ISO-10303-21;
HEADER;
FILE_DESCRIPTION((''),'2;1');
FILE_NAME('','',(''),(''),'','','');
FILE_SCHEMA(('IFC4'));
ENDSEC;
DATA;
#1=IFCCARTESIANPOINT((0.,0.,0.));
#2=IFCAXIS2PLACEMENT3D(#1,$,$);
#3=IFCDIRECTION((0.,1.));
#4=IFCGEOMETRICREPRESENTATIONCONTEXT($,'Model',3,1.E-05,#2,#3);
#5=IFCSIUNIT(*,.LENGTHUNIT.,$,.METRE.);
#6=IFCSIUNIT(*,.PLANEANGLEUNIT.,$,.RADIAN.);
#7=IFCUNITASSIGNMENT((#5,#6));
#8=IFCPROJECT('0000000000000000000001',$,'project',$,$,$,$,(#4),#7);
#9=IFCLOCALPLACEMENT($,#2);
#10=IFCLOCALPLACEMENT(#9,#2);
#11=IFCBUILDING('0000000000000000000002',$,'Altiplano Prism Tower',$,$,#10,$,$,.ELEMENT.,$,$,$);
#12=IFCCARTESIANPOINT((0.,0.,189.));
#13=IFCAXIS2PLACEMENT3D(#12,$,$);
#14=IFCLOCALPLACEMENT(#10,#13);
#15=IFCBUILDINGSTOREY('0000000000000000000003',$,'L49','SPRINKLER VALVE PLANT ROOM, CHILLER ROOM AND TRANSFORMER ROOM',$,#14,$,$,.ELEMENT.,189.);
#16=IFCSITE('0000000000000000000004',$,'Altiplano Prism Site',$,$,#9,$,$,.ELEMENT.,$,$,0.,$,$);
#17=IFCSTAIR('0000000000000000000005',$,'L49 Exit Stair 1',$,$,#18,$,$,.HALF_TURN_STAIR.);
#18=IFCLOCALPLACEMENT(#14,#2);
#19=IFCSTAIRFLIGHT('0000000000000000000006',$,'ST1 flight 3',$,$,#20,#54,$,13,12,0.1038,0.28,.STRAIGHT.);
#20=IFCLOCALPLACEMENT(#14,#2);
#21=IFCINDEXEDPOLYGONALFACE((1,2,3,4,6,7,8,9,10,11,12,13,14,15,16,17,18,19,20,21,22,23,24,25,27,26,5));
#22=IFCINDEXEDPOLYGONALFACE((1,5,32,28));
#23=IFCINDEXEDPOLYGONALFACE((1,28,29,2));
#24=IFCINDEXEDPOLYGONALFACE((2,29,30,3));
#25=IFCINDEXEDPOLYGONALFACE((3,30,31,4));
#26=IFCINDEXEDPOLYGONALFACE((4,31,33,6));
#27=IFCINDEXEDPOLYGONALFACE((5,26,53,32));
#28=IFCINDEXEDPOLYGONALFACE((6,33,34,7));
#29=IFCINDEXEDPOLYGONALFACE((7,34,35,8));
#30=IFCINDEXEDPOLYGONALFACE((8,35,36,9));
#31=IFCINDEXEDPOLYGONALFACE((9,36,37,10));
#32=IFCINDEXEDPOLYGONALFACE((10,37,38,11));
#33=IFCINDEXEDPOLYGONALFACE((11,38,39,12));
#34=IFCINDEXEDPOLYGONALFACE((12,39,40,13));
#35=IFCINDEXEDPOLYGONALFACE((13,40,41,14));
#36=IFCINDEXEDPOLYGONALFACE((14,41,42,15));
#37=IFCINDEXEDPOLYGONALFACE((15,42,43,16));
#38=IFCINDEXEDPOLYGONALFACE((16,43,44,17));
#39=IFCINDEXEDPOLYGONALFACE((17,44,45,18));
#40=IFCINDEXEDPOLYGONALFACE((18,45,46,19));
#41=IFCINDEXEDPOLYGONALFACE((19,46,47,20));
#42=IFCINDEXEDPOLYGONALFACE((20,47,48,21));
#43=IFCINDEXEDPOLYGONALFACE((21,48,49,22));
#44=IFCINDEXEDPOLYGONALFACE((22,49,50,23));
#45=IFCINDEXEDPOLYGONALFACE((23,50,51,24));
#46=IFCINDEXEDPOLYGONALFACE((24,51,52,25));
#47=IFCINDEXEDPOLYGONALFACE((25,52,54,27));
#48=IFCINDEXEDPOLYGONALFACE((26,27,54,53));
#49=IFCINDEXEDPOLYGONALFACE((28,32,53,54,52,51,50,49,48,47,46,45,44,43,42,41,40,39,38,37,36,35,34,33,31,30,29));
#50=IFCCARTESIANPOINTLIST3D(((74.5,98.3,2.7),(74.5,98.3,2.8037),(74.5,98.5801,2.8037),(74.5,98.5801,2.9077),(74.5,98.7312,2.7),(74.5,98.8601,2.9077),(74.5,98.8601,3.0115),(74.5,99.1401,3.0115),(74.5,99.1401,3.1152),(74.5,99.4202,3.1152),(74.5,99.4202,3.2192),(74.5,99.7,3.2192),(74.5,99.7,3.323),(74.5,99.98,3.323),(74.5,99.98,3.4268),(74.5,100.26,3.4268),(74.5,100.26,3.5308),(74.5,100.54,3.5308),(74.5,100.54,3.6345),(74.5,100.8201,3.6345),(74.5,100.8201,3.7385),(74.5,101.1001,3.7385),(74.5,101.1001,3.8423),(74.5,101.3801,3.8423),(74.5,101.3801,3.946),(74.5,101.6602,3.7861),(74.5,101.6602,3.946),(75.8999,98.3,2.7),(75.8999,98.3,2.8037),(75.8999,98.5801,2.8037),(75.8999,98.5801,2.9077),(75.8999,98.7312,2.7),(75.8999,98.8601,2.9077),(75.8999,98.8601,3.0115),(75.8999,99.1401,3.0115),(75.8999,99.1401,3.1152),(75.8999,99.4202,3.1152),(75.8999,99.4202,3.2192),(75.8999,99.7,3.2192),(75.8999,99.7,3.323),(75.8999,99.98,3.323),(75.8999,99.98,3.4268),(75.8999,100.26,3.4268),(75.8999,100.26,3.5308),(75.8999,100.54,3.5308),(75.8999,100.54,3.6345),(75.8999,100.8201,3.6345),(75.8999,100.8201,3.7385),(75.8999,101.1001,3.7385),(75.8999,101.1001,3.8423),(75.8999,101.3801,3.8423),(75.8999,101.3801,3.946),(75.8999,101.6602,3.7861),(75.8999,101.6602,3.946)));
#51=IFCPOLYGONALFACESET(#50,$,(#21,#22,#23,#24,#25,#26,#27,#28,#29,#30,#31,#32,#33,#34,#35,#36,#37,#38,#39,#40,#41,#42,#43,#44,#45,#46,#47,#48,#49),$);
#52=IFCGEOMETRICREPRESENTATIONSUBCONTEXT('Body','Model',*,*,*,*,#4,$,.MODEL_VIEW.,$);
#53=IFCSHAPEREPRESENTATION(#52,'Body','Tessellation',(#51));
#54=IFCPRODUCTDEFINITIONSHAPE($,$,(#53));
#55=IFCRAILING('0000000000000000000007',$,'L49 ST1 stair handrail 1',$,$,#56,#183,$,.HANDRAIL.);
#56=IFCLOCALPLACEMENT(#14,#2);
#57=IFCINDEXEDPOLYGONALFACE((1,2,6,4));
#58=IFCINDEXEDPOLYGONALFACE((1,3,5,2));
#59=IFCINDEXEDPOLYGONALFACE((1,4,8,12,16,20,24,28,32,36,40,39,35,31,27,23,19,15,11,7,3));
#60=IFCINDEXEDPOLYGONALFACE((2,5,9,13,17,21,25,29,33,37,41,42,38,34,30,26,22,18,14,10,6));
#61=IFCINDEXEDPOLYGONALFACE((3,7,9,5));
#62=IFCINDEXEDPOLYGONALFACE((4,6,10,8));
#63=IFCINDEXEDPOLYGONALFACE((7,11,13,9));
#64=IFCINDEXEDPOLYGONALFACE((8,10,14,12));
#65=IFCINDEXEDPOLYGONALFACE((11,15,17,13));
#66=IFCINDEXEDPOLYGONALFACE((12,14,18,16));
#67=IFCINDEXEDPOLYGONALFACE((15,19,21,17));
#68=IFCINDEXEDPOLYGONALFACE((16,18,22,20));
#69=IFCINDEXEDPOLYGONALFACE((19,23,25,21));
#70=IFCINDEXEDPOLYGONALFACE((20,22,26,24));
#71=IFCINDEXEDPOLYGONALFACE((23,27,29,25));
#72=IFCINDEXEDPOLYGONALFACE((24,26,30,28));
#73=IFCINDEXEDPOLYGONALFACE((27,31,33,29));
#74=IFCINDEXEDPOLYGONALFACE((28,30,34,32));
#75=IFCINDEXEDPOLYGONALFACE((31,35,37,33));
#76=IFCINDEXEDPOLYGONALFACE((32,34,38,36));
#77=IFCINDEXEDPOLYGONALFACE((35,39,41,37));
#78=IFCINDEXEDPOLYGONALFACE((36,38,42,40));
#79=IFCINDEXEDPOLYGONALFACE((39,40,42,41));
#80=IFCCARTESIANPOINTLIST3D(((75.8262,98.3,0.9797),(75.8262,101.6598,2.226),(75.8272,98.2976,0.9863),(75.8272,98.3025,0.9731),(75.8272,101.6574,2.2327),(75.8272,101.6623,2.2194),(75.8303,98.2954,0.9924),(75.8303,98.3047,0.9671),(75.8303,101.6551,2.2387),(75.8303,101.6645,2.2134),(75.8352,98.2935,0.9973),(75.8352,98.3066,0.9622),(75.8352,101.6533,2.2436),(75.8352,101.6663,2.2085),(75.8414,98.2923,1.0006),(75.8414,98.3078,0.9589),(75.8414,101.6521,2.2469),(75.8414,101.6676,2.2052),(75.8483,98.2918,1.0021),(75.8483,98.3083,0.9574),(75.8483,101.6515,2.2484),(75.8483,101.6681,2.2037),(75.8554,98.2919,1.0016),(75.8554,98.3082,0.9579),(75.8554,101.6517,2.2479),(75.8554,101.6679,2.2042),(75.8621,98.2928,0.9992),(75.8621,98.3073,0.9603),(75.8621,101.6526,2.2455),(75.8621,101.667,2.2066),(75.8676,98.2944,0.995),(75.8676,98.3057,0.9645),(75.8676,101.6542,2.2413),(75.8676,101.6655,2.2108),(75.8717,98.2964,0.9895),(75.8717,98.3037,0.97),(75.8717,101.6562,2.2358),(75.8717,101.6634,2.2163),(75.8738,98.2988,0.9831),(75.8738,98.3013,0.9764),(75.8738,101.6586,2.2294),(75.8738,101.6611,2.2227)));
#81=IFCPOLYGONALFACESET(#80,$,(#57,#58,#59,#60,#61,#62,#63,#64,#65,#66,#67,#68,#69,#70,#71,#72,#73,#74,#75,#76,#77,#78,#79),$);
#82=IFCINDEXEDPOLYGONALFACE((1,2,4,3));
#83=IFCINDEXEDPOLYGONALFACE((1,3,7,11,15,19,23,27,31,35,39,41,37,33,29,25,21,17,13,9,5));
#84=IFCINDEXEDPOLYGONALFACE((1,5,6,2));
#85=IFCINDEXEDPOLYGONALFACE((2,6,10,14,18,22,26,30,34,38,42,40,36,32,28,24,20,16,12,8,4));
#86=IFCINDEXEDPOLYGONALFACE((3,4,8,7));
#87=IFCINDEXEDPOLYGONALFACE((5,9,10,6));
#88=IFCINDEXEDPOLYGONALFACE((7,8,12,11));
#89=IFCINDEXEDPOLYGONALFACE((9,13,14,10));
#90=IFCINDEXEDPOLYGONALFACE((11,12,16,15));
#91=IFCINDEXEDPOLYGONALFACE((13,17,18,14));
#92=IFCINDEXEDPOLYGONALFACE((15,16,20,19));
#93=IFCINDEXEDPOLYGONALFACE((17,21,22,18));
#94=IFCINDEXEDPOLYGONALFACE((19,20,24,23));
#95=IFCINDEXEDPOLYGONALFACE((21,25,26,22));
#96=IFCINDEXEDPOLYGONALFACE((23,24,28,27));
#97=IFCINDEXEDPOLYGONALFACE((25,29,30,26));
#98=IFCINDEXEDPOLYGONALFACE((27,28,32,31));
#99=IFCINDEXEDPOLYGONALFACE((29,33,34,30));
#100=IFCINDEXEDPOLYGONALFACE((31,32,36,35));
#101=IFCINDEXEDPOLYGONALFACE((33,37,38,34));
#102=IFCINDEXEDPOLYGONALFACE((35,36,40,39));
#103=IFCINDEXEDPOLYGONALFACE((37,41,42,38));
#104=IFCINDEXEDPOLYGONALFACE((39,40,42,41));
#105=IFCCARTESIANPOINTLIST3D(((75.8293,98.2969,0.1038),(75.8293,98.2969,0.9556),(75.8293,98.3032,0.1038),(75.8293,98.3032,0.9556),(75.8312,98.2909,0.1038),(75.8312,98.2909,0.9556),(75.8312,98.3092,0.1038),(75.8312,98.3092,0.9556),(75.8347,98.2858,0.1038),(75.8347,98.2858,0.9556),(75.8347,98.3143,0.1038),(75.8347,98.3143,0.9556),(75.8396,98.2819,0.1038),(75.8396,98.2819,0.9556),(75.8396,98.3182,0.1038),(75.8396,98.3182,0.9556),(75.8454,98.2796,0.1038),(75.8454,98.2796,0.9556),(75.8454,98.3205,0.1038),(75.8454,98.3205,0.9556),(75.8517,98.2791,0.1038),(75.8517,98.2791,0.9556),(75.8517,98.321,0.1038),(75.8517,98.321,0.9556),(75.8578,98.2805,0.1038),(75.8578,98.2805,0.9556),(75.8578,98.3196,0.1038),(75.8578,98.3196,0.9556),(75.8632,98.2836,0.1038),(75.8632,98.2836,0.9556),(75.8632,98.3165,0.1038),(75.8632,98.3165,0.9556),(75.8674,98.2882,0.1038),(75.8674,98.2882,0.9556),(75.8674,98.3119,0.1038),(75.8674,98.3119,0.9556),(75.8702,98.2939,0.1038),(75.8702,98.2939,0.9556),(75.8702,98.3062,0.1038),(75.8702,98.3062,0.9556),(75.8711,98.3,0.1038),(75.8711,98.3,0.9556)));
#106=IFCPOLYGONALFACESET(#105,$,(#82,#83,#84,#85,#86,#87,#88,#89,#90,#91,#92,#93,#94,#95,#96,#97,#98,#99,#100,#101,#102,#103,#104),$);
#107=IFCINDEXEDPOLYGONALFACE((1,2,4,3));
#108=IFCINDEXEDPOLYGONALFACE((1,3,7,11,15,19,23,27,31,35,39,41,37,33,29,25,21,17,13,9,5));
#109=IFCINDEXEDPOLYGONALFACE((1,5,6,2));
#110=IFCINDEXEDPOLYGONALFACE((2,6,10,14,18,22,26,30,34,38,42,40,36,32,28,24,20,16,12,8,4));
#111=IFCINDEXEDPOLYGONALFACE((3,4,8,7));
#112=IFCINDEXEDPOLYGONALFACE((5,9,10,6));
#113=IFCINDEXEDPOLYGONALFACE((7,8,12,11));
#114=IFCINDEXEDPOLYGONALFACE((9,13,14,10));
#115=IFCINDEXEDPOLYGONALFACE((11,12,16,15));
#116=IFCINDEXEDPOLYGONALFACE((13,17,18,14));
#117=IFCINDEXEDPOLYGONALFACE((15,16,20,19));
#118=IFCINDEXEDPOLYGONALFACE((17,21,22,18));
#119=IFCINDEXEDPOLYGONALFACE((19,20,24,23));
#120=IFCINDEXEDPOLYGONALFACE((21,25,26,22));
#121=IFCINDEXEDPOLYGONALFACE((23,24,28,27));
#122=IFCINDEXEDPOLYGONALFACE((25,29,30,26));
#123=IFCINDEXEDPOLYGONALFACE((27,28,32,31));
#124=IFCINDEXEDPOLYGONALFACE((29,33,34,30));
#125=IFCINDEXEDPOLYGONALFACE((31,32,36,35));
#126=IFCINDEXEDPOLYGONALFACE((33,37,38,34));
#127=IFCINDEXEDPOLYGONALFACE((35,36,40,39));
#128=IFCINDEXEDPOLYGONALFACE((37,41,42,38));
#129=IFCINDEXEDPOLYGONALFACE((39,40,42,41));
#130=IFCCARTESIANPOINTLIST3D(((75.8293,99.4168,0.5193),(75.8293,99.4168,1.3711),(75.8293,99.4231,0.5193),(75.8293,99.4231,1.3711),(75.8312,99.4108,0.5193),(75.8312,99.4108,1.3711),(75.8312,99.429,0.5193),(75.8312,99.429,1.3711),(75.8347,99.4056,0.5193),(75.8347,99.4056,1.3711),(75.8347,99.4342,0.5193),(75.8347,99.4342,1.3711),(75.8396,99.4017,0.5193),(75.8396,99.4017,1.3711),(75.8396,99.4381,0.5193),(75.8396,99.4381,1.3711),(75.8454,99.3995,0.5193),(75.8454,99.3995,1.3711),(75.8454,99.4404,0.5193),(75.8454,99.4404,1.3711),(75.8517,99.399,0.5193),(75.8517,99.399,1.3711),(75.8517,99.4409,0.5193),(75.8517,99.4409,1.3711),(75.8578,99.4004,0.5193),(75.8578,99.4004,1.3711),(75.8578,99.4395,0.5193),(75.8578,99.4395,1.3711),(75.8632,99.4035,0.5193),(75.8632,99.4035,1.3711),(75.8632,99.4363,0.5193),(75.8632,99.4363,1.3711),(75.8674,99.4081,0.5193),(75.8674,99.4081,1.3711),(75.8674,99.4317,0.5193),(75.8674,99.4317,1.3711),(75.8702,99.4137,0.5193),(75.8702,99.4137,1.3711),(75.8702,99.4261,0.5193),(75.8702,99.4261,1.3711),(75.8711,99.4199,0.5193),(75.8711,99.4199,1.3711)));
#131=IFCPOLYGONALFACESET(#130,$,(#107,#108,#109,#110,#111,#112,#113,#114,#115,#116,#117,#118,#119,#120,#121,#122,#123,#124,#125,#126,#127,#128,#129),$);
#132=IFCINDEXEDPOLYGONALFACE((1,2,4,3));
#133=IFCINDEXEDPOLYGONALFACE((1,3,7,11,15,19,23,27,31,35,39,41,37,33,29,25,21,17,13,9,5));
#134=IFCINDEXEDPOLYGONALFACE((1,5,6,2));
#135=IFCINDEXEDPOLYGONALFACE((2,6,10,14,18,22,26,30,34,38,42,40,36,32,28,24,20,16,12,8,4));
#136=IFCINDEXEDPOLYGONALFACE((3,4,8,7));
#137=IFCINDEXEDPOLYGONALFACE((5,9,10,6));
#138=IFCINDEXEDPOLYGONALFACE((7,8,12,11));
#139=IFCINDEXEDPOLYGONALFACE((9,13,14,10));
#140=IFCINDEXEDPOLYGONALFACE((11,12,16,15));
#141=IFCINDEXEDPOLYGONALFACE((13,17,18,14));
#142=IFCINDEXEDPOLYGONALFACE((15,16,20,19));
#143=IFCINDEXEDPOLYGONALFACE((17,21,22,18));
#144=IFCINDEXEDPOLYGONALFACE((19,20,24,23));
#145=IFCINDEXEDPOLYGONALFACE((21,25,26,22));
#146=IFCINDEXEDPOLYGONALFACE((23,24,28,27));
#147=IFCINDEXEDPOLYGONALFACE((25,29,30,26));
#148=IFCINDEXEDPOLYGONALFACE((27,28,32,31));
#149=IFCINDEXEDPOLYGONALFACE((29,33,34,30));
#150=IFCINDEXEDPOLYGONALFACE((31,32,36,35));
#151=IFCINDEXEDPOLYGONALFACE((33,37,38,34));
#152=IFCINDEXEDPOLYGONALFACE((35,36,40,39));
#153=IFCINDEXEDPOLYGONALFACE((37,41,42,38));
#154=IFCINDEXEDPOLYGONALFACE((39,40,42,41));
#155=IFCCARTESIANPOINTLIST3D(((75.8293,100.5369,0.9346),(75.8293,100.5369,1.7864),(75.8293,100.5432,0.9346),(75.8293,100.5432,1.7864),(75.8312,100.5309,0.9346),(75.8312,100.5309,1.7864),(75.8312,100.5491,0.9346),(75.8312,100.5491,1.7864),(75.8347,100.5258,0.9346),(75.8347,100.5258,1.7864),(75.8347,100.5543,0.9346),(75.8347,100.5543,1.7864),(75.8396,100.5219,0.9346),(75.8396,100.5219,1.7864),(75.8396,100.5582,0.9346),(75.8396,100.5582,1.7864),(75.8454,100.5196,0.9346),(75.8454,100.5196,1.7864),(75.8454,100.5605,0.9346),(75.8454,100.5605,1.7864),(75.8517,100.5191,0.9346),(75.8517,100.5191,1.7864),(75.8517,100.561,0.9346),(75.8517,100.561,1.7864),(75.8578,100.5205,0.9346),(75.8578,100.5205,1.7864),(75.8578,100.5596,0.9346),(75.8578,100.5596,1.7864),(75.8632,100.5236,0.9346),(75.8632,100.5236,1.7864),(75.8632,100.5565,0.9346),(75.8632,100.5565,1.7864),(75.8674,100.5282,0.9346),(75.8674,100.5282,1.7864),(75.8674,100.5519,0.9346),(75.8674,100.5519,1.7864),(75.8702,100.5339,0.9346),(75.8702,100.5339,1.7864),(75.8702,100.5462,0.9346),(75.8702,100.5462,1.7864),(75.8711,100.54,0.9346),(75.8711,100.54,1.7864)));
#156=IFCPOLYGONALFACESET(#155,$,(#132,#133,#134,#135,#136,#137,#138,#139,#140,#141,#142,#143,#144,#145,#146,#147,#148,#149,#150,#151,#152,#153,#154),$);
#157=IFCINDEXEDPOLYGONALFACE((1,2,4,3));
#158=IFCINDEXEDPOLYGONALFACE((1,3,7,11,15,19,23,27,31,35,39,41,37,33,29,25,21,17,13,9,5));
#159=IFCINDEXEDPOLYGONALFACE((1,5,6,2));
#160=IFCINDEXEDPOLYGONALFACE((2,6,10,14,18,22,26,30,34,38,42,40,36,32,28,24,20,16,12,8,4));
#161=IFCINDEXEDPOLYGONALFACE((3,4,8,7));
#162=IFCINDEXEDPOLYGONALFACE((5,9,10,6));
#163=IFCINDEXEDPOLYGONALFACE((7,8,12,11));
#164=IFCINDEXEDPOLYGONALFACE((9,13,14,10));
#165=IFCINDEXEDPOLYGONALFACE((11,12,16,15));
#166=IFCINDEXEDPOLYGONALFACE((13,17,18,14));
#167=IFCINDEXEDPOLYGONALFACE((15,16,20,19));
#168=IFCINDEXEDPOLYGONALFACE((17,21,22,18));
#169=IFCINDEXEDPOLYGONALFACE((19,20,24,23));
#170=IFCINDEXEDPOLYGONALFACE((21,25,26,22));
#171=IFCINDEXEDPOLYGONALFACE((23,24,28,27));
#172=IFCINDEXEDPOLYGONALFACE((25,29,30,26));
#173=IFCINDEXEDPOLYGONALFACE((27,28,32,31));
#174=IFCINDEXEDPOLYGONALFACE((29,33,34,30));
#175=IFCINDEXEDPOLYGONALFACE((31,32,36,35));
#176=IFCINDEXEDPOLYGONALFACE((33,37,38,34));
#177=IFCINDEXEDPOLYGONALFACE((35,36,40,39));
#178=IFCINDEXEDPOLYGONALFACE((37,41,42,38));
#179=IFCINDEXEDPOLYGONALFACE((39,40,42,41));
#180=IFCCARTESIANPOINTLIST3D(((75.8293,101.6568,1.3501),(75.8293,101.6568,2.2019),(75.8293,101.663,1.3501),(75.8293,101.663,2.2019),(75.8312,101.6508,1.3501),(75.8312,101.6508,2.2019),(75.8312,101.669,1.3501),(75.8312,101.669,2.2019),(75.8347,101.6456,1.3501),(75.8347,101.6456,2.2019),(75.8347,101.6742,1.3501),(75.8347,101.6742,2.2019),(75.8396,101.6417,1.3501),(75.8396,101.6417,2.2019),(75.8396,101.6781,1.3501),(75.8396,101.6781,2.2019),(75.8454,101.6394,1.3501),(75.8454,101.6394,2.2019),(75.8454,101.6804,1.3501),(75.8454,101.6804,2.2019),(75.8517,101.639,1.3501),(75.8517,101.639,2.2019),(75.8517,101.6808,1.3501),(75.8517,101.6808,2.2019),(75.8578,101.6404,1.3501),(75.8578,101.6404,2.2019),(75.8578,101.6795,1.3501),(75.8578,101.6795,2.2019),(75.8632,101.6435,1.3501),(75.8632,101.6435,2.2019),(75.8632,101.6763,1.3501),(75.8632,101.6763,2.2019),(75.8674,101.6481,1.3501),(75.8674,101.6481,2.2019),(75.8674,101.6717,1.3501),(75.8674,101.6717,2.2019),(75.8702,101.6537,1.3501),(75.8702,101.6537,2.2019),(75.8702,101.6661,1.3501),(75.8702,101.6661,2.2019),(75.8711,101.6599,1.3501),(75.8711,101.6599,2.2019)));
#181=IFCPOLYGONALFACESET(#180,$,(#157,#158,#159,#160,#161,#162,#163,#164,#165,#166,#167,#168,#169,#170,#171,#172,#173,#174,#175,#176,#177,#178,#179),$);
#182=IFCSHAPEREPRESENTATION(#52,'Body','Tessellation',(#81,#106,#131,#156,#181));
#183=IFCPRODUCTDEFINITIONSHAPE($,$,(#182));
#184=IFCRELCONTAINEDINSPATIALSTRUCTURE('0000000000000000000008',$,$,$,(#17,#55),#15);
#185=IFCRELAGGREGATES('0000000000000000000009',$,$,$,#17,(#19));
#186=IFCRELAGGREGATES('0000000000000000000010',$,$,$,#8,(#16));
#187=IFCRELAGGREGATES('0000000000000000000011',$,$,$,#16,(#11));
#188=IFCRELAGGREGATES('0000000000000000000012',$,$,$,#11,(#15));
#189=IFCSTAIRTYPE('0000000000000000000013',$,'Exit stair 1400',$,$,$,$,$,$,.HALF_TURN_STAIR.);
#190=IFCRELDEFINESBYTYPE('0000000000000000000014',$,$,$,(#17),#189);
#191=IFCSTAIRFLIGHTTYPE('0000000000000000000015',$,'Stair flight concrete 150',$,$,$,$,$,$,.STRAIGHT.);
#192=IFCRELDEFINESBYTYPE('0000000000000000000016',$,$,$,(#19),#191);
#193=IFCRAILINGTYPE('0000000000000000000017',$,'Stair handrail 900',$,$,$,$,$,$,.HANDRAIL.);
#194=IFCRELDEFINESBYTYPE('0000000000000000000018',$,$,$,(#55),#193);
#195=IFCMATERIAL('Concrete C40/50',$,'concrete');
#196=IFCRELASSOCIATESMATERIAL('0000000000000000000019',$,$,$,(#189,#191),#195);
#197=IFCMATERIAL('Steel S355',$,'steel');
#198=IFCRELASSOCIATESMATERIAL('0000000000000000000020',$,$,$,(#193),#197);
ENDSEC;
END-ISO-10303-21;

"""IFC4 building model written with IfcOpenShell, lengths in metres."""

from ifc_helpers import new_model, si_unit, direction, frame, origin, origin_2d, place, context, subcontext, project, spatial, polyline, circle, outline, extrude, material, type_object, element, aggregate, save


model = new_model("IFC4")

# Units and contexts
model_context = context("Model", 3, precision=1e-05, world=origin(), true_north=direction((0.0, 1.0)))
body_context = subcontext(model_context, "Body", "Model", "MODEL_VIEW")
ifc_project = project(units=[si_unit("LENGTHUNIT", "METRE"), si_unit("PLANEANGLEUNIT", "RADIAN")], contexts=[model_context])

# Site, building, storey
site_placement = place(None, origin())
site = spatial("IfcSite", under=ifc_project, at=site_placement, Name="Altiplano Prism Site", CompositionType="ELEMENT", RefElevation=0.0)
building_placement = place(site_placement, origin())
building = spatial("IfcBuilding", under=site, at=building_placement, Name="Altiplano Prism Tower", CompositionType="ELEMENT")
storey_placement = place(building_placement, frame((0.0, 0.0, 189.0)))
storey = spatial("IfcBuildingStorey", under=building, at=storey_placement, Name="L49", Description="SPRINKLER VALVE PLANT ROOM, CHILLER ROOM AND TRANSFORMER ROOM", CompositionType="ELEMENT", Elevation=189.0)

# Stair, stair flight
ifc_material_1 = material(Name="Concrete C40/50", Category="concrete")
stair_type = type_object("IfcStairType", Name="Exit stair 1400", PredefinedType="HALF_TURN_STAIR", material=ifc_material_1)
stair_placement = place(storey_placement, origin())
stair = element("IfcStair", 1, at=stair_placement, inside=storey, type_object=stair_type, Name="L49 Exit Stair 1", PredefinedType="HALF_TURN_STAIR")
stair_flight_type = type_object("IfcStairFlightType", Name="Stair flight concrete 150", PredefinedType="STRAIGHT", material=ifc_material_1)
stair_flight_1_placement = place(storey_placement, frame((75.2, 98.3, 2.7), z_axis=(0.0, 0.0, 1.0), x_axis=(0.0, 1.0, 0.0)))
stair_flight_1 = element("IfcStairFlight", 2, at=stair_flight_1_placement, type_object=stair_flight_type, Name="ST1 flight 3", NumberOfRisers=13, NumberOfTreads=12, PredefinedType="STRAIGHT", RiserHeight=0.1038, TreadLength=0.28, context=body_context, shape_type="SweptSolid", body=[
    extrude(outline(polyline([(0.0, 0.0), (0.0, 0.1038), (0.28, 0.1038), (0.28, 0.2078), (0.5601, 0.2078), (0.5601, 0.3115), (0.8401, 0.3115), (0.8401, 0.4153), (1.1201, 0.4153), (1.1201, 0.5193), (1.3999, 0.5193), (1.3999, 0.623), (1.6799, 0.623), (1.6799, 0.7268), (1.96, 0.7268), (1.96, 0.8308), (2.24, 0.8308), (2.24, 0.9346), (2.52, 0.9346), (2.52, 1.0386), (2.8, 1.0386), (2.8, 1.1423), (3.0801, 1.1423), (3.0801, 1.2461), (3.3601, 1.2461), (3.3601, 1.3501), (3.3601, 1.0862), (0.4312, 0.0), (0.0, 0.0)])), frame((0.0, 0.7, 0.0), z_axis=(0.0, -1.0, 0.0), x_axis=(1.0, 0.0, 0.0)), (0.0, 0.0, 1.0), 1.3999),
])
aggregate(stair, [stair_flight_1])

# Railing
ifc_material_2 = material(Name="Steel S355", Category="steel")
railing_type = type_object("IfcRailingType", Name="Stair handrail 900", PredefinedType="HANDRAIL", material=ifc_material_2)
railing_1_placement = place(storey_placement, frame((75.8501, 98.3, 0.1038)))
element("IfcRailing", 3, at=railing_1_placement, inside=storey, type_object=railing_type, Name="L49 ST1 stair handrail 1", PredefinedType="HANDRAIL", context=body_context, shape_type="SweptSolid", body=[
    extrude(circle(Radius=0.0239, at=origin_2d()), frame((0.0, 0.0, 0.876), z_axis=(0.0, 0.937572, 0.347791), x_axis=(-1.0, 0.0, 0.0)), (0.0, 0.0, 1.0), 3.5835),
    extrude(circle(Radius=0.021, at=origin_2d()), origin(), (0.0, 0.0, 1.0), 0.8518),
    extrude(circle(Radius=0.021, at=origin_2d()), frame((0.0, 1.1199, 0.4155)), (0.0, 0.0, 1.0), 0.8518),
    extrude(circle(Radius=0.021, at=origin_2d()), frame((0.0, 2.24, 0.8308)), (0.0, 0.0, 1.0), 0.8518),
    extrude(circle(Radius=0.021, at=origin_2d()), frame((0.0, 3.3599, 1.2463)), (0.0, 0.0, 1.0), 0.8518),
])

save(model, "model.ifc")
